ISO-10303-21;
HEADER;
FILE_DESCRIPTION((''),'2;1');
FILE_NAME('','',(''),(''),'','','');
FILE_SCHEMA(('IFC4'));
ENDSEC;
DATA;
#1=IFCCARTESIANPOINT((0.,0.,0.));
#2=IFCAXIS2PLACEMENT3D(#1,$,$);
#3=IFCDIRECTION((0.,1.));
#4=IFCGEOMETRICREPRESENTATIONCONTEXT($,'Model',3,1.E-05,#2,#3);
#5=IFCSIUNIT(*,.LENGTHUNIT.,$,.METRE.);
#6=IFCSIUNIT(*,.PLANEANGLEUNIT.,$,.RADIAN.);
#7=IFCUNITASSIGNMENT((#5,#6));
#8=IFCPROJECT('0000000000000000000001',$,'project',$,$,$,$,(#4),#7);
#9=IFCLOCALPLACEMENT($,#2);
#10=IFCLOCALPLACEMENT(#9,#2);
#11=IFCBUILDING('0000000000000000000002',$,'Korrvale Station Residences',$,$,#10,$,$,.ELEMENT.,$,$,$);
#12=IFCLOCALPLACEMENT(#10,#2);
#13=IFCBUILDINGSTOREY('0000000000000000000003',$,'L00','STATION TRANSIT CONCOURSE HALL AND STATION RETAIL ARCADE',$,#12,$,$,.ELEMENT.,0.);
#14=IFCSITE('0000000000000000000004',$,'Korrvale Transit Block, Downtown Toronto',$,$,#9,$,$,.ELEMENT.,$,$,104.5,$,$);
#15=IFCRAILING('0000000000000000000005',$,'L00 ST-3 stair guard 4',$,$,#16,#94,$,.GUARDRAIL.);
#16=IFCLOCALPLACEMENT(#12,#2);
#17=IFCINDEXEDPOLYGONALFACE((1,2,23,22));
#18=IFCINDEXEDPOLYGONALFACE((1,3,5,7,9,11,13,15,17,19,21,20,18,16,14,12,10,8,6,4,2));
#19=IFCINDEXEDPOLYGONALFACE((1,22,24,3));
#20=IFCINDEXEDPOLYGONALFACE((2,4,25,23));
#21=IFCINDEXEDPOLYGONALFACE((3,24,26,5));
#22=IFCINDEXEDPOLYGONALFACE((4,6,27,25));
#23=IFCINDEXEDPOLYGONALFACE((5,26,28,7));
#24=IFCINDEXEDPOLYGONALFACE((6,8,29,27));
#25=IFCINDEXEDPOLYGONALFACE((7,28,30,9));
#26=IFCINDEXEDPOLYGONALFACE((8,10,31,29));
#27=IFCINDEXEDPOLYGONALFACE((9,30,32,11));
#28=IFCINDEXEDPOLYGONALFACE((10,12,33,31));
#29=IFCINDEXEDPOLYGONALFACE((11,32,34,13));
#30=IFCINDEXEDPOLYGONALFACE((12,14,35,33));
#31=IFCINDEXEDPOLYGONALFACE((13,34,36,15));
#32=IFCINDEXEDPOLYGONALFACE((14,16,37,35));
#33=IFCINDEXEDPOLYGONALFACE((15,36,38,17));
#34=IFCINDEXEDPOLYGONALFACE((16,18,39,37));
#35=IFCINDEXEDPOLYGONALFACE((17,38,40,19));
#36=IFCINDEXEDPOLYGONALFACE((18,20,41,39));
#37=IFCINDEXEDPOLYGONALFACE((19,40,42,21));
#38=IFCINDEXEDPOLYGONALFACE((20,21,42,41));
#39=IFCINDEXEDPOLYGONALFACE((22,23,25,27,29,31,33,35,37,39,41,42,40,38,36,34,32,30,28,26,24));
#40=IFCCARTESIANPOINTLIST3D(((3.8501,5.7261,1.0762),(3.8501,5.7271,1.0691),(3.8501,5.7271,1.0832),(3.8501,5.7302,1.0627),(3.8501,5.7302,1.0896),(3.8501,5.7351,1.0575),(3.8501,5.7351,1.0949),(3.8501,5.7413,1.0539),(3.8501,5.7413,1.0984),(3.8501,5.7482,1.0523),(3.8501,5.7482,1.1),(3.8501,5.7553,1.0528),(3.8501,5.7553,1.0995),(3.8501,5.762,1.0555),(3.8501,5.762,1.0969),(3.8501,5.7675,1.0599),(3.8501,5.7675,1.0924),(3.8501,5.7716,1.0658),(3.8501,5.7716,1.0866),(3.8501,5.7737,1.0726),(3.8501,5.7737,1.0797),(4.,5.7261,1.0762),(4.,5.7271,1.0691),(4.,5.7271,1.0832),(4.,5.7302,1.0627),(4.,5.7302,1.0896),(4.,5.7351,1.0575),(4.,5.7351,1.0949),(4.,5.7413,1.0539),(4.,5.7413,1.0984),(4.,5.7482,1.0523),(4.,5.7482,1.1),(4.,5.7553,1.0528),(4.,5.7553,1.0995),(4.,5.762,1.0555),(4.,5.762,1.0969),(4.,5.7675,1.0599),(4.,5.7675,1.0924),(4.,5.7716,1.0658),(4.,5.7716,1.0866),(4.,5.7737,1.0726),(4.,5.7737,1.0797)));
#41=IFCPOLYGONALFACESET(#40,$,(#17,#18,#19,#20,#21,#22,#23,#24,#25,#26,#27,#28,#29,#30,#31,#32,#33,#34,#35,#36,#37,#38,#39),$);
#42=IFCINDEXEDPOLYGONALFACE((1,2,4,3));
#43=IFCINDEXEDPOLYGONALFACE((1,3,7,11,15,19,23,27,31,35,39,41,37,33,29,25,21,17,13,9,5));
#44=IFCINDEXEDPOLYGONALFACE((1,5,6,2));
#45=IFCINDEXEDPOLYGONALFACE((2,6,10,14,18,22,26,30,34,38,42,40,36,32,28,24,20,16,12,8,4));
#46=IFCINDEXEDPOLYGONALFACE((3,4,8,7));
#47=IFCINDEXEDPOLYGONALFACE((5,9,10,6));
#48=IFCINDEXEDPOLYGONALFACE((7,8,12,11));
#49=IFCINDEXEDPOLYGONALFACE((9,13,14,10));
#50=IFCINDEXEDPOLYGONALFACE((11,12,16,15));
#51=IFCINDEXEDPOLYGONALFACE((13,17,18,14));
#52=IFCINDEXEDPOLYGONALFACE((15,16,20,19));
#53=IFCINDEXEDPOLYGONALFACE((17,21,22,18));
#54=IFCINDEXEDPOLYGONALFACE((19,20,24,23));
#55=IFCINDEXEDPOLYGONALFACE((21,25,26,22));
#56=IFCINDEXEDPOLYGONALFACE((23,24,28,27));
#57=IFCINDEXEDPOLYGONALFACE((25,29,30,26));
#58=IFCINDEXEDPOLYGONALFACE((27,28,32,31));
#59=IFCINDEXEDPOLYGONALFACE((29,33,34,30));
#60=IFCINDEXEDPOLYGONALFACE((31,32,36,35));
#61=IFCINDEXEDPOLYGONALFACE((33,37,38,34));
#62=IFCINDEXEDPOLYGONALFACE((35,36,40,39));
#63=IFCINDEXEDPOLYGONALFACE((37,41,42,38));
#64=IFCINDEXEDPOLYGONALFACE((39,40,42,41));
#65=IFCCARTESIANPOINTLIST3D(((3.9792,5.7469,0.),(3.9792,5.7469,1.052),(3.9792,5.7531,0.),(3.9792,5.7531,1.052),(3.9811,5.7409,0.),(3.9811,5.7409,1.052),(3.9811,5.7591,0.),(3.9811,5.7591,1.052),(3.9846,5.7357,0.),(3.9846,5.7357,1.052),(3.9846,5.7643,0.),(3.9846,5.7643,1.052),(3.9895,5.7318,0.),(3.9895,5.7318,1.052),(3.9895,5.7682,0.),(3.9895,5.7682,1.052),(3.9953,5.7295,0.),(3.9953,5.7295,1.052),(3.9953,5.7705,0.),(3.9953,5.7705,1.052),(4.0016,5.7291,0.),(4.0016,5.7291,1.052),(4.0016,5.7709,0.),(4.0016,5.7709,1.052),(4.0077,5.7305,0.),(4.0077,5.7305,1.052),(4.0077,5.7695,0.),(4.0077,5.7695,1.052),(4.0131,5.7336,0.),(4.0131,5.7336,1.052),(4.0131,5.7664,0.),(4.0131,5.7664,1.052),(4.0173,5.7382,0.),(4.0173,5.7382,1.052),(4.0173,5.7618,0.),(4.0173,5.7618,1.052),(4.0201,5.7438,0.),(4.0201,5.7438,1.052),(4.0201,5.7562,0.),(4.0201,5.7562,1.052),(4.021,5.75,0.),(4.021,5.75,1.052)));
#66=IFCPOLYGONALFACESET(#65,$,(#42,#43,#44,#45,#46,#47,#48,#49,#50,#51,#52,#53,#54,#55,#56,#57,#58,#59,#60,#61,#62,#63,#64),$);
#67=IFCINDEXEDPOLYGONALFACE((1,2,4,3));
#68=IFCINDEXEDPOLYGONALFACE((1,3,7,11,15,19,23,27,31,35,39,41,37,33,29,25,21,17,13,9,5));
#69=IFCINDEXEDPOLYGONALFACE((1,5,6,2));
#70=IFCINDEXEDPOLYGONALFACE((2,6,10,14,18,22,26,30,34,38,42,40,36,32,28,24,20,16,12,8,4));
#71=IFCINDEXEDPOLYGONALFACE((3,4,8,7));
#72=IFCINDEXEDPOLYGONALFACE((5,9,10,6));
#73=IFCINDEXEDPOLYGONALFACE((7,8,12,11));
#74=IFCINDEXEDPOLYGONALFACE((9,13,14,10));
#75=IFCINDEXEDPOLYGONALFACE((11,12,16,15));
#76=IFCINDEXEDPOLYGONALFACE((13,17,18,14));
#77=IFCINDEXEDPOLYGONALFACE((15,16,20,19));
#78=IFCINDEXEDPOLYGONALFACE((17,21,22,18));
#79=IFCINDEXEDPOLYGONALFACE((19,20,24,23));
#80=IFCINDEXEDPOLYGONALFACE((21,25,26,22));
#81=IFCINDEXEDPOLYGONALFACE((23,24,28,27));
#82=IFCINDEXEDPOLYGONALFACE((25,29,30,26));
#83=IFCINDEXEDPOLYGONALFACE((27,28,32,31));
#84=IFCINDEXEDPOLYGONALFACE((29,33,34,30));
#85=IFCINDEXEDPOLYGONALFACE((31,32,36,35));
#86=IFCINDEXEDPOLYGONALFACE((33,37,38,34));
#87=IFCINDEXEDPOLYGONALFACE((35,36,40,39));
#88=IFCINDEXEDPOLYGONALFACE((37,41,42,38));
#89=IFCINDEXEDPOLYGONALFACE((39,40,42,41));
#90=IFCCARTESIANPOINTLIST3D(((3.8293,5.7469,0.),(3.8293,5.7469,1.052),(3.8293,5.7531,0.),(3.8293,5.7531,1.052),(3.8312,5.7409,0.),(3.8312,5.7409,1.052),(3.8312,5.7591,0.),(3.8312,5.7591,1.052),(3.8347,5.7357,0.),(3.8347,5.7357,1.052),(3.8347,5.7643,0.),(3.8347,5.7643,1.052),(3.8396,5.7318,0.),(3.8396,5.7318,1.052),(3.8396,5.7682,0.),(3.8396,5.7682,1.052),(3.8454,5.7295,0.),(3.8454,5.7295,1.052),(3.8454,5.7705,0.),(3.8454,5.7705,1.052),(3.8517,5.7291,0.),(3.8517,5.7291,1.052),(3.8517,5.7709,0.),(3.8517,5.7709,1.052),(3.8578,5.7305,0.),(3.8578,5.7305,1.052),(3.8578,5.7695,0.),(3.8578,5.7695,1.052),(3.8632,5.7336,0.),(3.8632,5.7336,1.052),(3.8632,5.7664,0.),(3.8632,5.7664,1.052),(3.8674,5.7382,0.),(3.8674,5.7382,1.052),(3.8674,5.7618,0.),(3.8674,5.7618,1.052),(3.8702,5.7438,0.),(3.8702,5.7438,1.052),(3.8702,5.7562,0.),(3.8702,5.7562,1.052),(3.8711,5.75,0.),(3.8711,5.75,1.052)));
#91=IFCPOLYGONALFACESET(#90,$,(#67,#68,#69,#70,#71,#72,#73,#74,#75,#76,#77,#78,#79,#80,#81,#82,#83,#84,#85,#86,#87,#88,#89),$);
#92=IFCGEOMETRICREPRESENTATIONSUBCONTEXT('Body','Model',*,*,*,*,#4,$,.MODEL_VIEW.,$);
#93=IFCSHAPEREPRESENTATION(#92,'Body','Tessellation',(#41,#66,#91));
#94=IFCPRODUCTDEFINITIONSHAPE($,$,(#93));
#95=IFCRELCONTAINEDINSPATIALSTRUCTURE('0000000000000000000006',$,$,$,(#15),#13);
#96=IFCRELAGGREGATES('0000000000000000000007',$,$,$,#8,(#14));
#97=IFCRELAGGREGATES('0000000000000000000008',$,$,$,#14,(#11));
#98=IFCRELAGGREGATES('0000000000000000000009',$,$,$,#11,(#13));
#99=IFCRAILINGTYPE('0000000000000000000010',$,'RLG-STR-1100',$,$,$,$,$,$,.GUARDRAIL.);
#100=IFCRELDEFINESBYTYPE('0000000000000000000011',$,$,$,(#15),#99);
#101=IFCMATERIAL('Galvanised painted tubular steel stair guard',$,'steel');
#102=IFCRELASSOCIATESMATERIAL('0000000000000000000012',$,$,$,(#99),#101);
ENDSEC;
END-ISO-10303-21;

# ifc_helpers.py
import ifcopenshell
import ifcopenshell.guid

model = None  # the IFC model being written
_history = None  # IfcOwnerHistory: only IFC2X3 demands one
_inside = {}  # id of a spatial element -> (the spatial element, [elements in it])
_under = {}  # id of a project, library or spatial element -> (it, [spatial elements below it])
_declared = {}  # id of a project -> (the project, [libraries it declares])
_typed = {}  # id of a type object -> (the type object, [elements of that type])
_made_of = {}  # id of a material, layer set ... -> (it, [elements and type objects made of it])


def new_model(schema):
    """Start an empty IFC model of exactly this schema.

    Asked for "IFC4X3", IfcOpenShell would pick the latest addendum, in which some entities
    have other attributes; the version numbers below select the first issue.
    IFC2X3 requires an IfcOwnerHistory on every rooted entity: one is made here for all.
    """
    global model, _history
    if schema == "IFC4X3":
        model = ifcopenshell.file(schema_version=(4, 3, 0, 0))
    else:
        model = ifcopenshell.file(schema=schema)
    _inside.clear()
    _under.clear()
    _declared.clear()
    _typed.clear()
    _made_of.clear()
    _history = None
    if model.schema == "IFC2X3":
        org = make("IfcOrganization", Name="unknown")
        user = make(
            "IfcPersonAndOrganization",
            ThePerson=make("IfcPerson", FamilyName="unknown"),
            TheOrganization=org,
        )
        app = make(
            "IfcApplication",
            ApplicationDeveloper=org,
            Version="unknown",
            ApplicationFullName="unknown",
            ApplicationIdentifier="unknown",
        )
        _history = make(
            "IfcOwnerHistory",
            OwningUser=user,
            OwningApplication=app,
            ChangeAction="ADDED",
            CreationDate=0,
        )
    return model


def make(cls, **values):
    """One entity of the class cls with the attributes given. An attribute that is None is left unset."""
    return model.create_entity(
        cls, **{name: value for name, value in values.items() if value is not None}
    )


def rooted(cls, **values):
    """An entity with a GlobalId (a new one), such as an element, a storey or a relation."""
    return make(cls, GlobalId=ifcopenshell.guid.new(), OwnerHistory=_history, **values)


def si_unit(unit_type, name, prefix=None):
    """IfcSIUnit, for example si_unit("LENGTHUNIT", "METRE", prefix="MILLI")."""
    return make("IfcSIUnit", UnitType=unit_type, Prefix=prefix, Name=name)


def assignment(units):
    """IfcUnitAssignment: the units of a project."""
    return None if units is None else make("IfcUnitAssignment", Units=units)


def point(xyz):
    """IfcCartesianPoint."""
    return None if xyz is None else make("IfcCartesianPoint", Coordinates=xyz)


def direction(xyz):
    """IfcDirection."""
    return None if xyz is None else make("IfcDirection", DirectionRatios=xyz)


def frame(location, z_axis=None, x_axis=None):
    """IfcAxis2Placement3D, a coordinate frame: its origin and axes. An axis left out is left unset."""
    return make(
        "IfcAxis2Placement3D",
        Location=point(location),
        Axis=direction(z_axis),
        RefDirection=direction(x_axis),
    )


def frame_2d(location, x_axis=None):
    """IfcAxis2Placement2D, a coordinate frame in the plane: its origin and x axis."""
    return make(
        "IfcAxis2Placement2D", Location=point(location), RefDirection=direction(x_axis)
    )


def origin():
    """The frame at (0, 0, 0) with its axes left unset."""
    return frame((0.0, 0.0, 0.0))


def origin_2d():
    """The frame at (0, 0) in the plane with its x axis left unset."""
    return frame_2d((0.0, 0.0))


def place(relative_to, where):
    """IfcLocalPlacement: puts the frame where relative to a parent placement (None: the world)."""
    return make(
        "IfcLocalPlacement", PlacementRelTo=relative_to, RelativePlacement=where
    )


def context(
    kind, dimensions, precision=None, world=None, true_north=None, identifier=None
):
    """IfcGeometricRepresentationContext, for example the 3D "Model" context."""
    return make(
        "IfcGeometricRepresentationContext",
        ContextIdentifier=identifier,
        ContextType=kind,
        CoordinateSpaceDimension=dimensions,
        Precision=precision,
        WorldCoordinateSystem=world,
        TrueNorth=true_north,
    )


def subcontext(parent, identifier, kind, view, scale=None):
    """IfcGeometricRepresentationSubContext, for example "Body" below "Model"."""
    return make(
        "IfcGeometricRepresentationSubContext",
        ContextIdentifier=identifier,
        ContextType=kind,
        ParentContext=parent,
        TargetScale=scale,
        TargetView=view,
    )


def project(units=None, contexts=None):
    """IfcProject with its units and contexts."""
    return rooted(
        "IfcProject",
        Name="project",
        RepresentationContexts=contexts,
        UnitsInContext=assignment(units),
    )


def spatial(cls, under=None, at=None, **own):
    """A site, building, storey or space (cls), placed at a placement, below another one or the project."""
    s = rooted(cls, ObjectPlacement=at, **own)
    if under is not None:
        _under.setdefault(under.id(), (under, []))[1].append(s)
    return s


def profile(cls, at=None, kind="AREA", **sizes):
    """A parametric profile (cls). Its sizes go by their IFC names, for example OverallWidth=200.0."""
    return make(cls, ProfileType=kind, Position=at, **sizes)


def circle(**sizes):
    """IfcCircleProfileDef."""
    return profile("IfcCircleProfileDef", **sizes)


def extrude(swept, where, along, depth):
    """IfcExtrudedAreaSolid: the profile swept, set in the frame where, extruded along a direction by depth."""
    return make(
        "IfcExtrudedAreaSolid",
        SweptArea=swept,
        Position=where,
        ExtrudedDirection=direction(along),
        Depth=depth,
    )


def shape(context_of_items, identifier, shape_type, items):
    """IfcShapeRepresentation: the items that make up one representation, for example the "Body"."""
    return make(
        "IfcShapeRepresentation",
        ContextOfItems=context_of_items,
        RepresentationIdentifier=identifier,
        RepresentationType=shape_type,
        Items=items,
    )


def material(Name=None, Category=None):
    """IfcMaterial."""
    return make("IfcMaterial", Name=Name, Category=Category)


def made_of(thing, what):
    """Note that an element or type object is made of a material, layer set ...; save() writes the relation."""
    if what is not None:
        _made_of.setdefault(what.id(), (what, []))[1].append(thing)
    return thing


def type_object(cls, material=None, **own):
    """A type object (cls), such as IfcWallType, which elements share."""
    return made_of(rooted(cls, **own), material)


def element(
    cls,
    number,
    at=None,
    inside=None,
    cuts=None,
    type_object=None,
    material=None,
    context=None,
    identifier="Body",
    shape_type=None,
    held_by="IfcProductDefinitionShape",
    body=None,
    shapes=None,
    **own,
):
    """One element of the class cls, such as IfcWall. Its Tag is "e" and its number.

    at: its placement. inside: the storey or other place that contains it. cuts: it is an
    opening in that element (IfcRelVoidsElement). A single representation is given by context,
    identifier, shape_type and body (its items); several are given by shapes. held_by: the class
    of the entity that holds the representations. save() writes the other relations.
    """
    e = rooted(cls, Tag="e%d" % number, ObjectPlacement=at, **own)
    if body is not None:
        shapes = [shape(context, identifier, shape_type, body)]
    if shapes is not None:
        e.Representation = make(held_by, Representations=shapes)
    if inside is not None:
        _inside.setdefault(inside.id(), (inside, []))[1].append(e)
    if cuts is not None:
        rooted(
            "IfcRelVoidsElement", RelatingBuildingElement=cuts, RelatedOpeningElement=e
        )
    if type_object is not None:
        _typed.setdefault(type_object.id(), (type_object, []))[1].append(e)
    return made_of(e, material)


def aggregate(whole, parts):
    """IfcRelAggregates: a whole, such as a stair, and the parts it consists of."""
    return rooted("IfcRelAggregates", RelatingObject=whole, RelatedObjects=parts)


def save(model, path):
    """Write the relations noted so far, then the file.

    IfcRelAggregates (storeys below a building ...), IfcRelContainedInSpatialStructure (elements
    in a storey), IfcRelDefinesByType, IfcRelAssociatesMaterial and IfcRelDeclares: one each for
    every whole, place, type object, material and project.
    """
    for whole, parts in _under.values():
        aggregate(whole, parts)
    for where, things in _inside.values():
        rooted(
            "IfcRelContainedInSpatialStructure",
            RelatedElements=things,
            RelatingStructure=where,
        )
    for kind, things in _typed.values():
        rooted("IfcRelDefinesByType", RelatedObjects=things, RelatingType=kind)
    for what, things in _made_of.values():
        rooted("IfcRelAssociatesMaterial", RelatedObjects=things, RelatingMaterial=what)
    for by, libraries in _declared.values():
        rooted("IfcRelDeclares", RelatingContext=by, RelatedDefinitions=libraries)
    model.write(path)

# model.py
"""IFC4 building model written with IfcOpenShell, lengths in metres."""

from ifc_helpers import new_model, si_unit, direction, frame, origin, origin_2d, place, context, subcontext, project, spatial, circle, extrude, material, type_object, element, save


model = new_model("IFC4")

# Units and contexts
model_context = context("Model", 3, precision=1e-05, world=origin(), true_north=direction((0.0, 1.0)))
body_context = subcontext(model_context, "Body", "Model", "MODEL_VIEW")
ifc_project = project(units=[si_unit("LENGTHUNIT", "METRE"), si_unit("PLANEANGLEUNIT", "RADIAN")], contexts=[model_context])

# Site, building, storey
site_placement = place(None, origin())
site = spatial("IfcSite", under=ifc_project, at=site_placement, Name="Korrvale Transit Block, Downtown Toronto", CompositionType="ELEMENT", RefElevation=104.5)
building_placement = place(site_placement, origin())
building = spatial("IfcBuilding", under=site, at=building_placement, Name="Korrvale Station Residences", CompositionType="ELEMENT")
storey_placement = place(building_placement, origin())
storey = spatial("IfcBuildingStorey", under=building, at=storey_placement, Name="L00", Description="STATION TRANSIT CONCOURSE HALL AND STATION RETAIL ARCADE", CompositionType="ELEMENT", Elevation=0.0)

# Railing
ifc_material_1 = material(Name="Galvanised painted tubular steel stair guard", Category="steel")
railing_type = type_object("IfcRailingType", Name="RLG-STR-1100", PredefinedType="GUARDRAIL", material=ifc_material_1)
railing_1_placement = place(storey_placement, frame((4.0, 5.75, 0.0)))
element("IfcRailing", 1, at=railing_1_placement, inside=storey, type_object=railing_type, Name="L00 ST-3 stair guard 4", PredefinedType="GUARDRAIL", context=body_context, shape_type="SweptSolid", body=[
    extrude(circle(Radius=0.0239, at=origin_2d()), frame((0.0, 0.0, 1.0762), z_axis=(-1.0, 0.0, 0.0), x_axis=(0.0, -1.0, 0.0)), (0.0, 0.0, 1.0), 0.1499),
    extrude(circle(Radius=0.021, at=origin_2d()), origin(), (0.0, 0.0, 1.0), 1.052),
    extrude(circle(Radius=0.021, at=origin_2d()), frame((-0.1499, 0.0, 0.0)), (0.0, 0.0, 1.0), 1.052),
])

save(model, "model.ifc")
